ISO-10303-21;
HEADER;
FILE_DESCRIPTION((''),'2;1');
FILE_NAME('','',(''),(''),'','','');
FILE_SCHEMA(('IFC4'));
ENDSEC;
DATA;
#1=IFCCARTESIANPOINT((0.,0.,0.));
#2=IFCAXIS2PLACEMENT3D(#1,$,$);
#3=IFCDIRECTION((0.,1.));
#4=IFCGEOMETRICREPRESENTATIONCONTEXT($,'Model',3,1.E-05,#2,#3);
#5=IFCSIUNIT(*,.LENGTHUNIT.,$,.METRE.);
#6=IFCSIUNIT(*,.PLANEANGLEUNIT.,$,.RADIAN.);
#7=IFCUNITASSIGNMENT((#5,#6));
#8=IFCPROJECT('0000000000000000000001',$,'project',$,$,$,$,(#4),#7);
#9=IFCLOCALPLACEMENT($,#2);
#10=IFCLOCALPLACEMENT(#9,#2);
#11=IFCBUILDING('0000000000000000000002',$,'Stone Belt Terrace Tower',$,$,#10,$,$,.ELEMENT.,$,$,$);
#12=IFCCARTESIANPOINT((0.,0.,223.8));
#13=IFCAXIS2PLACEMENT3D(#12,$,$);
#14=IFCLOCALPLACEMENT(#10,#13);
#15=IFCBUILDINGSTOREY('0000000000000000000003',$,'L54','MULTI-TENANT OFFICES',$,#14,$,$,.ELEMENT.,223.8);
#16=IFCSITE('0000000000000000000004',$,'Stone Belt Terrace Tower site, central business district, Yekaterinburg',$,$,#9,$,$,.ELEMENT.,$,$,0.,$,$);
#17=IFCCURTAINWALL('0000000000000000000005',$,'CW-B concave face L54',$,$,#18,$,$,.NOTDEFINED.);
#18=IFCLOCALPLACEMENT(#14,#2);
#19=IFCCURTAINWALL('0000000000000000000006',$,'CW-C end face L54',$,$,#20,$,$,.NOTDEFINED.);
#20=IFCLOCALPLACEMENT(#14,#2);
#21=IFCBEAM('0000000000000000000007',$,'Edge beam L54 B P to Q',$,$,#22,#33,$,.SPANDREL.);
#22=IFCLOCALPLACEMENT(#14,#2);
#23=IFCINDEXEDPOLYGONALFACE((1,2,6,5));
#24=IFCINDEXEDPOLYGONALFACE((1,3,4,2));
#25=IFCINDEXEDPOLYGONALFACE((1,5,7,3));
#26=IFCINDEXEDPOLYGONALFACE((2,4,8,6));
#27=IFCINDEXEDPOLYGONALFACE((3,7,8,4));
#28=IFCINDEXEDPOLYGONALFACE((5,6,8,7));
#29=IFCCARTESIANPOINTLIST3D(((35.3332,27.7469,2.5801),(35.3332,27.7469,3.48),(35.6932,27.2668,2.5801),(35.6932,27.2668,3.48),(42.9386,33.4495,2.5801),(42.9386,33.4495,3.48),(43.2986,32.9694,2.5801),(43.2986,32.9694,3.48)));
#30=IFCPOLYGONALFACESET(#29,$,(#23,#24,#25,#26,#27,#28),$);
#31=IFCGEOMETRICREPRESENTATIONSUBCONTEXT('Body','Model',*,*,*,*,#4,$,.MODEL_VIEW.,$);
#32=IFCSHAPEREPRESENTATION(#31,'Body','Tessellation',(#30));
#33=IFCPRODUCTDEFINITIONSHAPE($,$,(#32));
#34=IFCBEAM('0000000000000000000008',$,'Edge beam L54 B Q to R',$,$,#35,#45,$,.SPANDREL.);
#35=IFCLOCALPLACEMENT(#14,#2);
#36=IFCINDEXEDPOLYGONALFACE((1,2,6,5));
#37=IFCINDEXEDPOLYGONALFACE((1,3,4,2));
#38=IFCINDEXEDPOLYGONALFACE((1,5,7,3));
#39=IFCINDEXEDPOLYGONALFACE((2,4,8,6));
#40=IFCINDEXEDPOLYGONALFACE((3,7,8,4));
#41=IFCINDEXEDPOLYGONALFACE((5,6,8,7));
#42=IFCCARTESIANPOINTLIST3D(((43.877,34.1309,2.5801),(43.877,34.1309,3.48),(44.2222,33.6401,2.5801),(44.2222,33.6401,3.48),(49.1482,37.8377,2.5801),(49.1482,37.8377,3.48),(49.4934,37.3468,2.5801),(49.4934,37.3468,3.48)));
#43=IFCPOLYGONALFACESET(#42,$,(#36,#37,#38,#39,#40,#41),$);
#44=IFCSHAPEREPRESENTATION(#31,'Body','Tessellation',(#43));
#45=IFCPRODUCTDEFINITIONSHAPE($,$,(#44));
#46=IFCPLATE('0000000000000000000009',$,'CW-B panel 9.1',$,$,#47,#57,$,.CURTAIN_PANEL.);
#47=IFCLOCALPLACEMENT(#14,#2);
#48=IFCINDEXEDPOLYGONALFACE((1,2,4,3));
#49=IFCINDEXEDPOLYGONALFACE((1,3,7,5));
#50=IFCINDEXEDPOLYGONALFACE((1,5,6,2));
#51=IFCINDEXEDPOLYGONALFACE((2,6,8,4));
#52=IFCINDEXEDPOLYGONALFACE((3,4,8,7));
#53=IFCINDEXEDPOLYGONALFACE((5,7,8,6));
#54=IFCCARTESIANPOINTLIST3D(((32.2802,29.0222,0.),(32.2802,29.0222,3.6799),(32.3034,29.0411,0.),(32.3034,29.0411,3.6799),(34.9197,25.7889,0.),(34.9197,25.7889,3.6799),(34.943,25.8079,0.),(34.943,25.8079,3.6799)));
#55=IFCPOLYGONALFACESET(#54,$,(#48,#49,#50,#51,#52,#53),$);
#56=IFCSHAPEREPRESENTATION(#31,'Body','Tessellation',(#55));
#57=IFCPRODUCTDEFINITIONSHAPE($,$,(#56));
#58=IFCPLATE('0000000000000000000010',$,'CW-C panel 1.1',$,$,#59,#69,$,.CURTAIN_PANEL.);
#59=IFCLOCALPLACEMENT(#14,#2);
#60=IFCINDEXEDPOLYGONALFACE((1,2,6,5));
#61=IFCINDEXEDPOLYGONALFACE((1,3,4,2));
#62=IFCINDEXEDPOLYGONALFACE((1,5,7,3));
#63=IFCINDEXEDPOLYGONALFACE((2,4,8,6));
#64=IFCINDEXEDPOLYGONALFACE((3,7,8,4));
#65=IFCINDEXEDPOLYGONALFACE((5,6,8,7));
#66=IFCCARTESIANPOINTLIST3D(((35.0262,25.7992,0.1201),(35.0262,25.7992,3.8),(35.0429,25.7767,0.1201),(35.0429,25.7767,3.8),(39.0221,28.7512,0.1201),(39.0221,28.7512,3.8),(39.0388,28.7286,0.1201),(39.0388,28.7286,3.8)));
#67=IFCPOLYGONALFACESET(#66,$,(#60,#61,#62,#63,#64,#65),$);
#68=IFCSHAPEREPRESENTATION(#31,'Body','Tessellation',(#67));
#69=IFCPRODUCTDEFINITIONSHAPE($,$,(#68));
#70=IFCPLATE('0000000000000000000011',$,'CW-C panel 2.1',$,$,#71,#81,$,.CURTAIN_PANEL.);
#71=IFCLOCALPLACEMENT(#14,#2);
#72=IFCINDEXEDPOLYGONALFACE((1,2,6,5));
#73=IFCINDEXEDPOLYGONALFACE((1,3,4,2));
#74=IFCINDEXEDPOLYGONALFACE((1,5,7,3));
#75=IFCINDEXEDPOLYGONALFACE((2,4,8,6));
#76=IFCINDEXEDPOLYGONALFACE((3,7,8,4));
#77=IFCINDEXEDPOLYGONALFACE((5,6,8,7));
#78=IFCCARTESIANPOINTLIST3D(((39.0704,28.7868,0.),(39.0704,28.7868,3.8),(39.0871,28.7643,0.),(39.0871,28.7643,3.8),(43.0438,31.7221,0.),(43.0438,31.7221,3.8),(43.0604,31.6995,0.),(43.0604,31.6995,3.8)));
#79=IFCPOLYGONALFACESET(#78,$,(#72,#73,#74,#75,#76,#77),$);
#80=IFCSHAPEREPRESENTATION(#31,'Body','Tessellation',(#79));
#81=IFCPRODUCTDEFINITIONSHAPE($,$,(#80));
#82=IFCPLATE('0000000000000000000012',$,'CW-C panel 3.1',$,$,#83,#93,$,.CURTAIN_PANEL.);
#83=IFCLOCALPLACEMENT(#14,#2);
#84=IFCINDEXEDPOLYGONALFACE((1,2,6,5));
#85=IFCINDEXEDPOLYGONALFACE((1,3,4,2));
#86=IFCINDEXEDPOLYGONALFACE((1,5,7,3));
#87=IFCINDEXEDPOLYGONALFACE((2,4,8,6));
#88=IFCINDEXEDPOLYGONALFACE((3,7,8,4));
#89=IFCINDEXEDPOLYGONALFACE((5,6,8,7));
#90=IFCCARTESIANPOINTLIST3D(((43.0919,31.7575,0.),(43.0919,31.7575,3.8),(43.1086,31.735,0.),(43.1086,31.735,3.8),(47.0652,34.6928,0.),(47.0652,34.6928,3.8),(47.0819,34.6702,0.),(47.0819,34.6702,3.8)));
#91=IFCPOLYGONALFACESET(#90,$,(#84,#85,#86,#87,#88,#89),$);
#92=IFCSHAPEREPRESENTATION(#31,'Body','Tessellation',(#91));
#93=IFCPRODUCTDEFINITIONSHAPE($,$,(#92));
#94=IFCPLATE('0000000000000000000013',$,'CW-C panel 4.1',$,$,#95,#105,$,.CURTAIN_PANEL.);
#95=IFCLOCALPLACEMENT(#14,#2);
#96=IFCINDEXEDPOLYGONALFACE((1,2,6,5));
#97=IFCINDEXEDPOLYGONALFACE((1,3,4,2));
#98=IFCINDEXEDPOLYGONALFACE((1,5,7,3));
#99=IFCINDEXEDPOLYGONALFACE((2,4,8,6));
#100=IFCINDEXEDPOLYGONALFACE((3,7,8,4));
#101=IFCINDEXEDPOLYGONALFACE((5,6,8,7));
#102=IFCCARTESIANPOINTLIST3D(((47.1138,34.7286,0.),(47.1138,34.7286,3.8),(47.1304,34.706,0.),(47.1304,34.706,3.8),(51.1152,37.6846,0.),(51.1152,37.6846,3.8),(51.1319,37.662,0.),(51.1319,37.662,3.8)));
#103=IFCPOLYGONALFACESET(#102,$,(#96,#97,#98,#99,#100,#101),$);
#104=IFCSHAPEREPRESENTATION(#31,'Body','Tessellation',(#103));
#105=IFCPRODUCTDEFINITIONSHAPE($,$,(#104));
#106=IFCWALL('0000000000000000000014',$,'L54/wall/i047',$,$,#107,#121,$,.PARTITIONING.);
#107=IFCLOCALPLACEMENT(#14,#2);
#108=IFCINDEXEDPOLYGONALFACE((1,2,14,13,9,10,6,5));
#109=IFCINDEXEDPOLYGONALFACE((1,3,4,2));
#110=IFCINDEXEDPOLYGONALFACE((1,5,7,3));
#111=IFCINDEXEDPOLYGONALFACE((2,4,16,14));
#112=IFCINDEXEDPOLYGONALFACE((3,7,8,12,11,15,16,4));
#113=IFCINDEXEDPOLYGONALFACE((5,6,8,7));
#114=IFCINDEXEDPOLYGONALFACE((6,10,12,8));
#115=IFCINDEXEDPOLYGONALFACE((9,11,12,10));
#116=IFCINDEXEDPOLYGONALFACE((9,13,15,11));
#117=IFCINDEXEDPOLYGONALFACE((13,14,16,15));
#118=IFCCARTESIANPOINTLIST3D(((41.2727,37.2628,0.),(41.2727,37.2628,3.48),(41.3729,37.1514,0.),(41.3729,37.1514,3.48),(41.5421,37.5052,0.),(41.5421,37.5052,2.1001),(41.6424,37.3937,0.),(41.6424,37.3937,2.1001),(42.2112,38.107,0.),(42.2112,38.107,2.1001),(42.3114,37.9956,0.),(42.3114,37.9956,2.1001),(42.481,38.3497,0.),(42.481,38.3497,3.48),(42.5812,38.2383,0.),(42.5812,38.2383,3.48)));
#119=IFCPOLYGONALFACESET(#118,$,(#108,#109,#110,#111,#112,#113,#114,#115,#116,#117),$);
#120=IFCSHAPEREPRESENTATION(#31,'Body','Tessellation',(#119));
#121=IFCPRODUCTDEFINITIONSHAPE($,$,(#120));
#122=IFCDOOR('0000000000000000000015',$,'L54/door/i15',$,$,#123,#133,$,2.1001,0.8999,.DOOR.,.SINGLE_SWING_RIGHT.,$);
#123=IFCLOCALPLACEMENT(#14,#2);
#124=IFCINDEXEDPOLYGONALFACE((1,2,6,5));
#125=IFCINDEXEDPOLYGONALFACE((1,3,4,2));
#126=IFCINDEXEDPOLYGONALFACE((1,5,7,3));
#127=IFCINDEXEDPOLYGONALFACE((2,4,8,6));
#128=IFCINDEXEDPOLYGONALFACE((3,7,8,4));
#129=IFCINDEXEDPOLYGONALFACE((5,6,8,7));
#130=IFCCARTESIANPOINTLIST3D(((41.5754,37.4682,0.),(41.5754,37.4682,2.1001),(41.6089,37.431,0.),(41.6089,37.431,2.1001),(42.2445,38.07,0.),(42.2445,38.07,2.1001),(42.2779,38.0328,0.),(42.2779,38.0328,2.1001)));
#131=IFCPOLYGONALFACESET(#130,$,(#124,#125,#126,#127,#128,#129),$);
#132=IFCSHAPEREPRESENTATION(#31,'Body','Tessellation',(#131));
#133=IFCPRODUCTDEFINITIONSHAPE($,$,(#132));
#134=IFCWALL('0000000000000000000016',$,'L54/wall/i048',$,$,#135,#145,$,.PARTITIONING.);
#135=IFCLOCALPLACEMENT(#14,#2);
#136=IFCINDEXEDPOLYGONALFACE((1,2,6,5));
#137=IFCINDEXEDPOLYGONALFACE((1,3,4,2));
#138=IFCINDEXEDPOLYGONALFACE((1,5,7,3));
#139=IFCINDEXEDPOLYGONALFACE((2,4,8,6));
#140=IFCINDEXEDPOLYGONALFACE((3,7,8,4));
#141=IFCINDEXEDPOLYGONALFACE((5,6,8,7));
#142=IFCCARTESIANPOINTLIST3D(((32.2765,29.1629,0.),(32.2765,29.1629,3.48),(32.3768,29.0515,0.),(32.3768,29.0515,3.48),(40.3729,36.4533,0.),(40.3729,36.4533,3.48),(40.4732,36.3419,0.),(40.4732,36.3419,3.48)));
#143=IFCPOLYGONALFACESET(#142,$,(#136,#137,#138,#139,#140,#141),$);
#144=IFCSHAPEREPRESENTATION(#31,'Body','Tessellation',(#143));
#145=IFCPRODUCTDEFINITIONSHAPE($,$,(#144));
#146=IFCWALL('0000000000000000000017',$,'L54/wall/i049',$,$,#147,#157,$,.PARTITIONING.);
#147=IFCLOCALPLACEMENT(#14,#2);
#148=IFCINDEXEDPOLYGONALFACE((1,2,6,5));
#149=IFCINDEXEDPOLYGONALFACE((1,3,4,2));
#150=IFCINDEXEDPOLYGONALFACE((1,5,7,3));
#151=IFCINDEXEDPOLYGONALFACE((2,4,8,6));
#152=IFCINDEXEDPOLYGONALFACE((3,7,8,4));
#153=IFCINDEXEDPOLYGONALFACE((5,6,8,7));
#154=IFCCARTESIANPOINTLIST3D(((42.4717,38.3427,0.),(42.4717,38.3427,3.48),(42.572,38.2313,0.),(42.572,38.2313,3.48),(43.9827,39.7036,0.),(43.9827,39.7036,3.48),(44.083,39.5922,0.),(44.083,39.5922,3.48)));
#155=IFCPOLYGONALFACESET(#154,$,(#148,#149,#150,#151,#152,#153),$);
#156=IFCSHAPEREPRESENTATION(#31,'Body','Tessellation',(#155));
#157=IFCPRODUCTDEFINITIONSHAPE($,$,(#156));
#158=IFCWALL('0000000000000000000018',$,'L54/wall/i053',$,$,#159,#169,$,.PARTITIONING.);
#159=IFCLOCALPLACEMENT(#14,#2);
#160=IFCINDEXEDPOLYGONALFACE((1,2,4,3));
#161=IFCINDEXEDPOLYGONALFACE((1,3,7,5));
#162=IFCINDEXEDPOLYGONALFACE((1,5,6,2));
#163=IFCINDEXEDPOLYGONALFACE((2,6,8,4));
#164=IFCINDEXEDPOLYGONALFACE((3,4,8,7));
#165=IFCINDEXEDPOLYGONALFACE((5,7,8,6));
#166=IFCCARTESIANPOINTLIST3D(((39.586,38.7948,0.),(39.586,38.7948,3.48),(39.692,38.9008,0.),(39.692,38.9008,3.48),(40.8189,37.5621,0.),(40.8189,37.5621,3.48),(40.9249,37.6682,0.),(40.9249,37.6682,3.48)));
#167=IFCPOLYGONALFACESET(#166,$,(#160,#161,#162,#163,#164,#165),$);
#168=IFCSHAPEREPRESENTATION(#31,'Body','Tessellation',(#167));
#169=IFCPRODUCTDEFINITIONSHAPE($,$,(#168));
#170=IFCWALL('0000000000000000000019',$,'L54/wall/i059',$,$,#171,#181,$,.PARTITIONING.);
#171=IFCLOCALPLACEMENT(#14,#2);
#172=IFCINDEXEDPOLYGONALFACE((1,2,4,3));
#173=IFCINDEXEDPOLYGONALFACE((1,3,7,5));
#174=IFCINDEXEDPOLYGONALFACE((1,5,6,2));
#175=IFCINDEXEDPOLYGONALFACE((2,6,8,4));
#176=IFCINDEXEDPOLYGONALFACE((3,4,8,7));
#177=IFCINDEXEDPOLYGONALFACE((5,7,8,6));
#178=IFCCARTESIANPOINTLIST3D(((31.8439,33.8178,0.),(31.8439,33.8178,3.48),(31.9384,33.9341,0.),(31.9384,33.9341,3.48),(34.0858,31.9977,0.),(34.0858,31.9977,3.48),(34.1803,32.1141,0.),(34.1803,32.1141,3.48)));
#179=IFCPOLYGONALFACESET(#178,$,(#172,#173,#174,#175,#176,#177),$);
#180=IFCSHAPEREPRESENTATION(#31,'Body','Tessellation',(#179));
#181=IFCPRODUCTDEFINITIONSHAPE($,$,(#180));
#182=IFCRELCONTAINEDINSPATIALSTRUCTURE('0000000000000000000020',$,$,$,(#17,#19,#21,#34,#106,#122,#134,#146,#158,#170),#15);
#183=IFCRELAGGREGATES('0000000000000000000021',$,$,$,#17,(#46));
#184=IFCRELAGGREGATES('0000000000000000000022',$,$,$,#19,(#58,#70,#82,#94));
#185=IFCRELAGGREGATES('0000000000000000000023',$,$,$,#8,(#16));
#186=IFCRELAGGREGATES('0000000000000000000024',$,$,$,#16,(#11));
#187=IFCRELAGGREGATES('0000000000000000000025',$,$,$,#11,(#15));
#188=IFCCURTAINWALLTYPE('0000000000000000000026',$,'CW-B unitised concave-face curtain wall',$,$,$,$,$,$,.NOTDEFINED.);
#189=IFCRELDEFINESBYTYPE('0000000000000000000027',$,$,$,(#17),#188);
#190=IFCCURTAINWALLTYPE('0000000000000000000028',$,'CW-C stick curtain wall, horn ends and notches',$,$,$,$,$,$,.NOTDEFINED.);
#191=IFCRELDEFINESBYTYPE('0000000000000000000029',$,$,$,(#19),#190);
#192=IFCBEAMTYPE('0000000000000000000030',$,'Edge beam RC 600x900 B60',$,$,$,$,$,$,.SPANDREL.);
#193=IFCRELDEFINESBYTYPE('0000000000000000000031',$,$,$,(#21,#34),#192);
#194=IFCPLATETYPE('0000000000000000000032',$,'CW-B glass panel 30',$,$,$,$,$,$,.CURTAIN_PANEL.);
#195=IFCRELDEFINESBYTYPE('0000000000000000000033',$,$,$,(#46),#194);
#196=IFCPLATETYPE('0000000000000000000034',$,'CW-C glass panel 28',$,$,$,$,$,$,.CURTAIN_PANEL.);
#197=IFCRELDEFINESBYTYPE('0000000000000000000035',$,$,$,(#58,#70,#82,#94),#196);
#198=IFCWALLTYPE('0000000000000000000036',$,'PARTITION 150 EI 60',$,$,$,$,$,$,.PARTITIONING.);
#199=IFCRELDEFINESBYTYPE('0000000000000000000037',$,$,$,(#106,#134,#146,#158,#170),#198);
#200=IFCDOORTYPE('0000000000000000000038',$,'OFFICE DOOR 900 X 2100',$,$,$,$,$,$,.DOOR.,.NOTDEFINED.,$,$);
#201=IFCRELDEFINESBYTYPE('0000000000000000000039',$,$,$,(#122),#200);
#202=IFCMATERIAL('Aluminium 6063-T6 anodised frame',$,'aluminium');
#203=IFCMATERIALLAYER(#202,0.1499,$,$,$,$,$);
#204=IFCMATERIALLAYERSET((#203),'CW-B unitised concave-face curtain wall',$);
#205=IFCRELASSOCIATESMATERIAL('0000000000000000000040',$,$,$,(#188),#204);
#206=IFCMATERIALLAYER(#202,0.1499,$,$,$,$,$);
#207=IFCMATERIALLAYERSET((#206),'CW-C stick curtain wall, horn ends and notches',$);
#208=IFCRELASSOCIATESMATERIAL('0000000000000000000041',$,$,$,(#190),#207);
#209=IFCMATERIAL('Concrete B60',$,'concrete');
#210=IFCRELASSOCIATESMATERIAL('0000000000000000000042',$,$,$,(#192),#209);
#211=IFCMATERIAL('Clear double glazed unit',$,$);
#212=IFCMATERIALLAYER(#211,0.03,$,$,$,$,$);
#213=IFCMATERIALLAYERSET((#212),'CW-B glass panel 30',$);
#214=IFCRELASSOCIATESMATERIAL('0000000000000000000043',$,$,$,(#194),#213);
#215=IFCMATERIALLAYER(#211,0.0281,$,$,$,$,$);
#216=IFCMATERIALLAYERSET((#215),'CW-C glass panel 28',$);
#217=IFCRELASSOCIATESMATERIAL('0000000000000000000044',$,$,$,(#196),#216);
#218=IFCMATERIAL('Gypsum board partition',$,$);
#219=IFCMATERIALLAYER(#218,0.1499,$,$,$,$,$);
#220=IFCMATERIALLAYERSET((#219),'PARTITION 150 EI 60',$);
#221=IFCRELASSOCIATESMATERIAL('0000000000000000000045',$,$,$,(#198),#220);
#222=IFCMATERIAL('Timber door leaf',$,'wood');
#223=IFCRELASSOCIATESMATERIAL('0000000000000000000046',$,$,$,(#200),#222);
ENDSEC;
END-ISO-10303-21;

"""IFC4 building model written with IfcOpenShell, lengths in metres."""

from ifc_helpers import new_model, si_unit, direction, frame, frame_2d, origin, origin_2d, place, context, subcontext, project, spatial, rectangle, extrude, material, layer, layer_set, material_profile, profile_set, type_object, element, fill, aggregate, save


model = new_model("IFC4")

# Units and contexts
model_context = context("Model", 3, precision=1e-05, world=origin(), true_north=direction((0.0, 1.0)))
body_context = subcontext(model_context, "Body", "Model", "MODEL_VIEW")
ifc_project = project(units=[si_unit("LENGTHUNIT", "METRE"), si_unit("PLANEANGLEUNIT", "RADIAN")], contexts=[model_context])

# Site, building, storey
site_placement = place(None, origin())
site = spatial("IfcSite", under=ifc_project, at=site_placement, Name="Stone Belt Terrace Tower site, central business district, Yekaterinburg", CompositionType="ELEMENT", RefElevation=0.0)
building_placement = place(site_placement, origin())
building = spatial("IfcBuilding", under=site, at=building_placement, Name="Stone Belt Terrace Tower", CompositionType="ELEMENT")
storey_placement = place(building_placement, frame((0.0, 0.0, 223.8)))
storey = spatial("IfcBuildingStorey", under=building, at=storey_placement, Name="L54", Description="MULTI-TENANT OFFICES", CompositionType="ELEMENT", Elevation=223.8)

# Shared definitions
ifc_material_1 = material(Name="Concrete B60", Category="concrete")

# Curtain walls
ifc_material_2 = material(Name="Aluminium 6063-T6 anodised frame", Category="aluminium")
ifc_layer_1 = layer(ifc_material_2, 0.1499)
ifc_layer_set_1 = layer_set([ifc_layer_1], Name="CW-B unitised concave-face curtain wall")
curtain_wall_type_1 = type_object("IfcCurtainWallType", Name="CW-B unitised concave-face curtain wall", PredefinedType="NOTDEFINED", material=ifc_layer_set_1)
curtain_wall_1_placement = place(storey_placement, origin())
curtain_wall_1 = element("IfcCurtainWall", 1, at=curtain_wall_1_placement, inside=storey, type_object=curtain_wall_type_1, Name="CW-B concave face L54", PredefinedType="NOTDEFINED")
ifc_layer_2 = layer(ifc_material_2, 0.1499)
ifc_layer_set_2 = layer_set([ifc_layer_2], Name="CW-C stick curtain wall, horn ends and notches")
curtain_wall_type_2 = type_object("IfcCurtainWallType", Name="CW-C stick curtain wall, horn ends and notches", PredefinedType="NOTDEFINED", material=ifc_layer_set_2)
curtain_wall_2_placement = place(storey_placement, origin())
curtain_wall_2 = element("IfcCurtainWall", 2, at=curtain_wall_2_placement, inside=storey, type_object=curtain_wall_type_2, Name="CW-C end face L54", PredefinedType="NOTDEFINED")

# Beams
ifc_material_profile_1 = material_profile(ifc_material_1, rectangle(XDim=0.6001, YDim=0.8999, at=origin_2d()), Name="RC 600x900")
ifc_profile_set_1 = profile_set([ifc_material_profile_1], Name="Concrete B60")
beam_type = type_object("IfcBeamType", Name="Edge beam RC 600x900 B60", PredefinedType="SPANDREL", material=ifc_profile_set_1)
beam_1_placement = place(storey_placement, frame((35.5132, 27.5068, 3.03), z_axis=(0.800074, 0.599901, 0.0), x_axis=(-0.599901, 0.800074, 0.0)))
element("IfcBeam", 3, at=beam_1_placement, inside=storey, type_object=beam_type, Name="Edge beam L54 B P to Q", PredefinedType="SPANDREL", context=body_context, shape_type="SweptSolid", body=[
    extrude(rectangle(XDim=0.6001, YDim=0.8999, at=origin_2d()), origin(), (0.0, 0.0, 1.0), 9.5059),
])
beam_2_placement = place(storey_placement, frame((44.0496, 33.8855, 3.03), z_axis=(0.817997, 0.575223, 0.0), x_axis=(-0.575223, 0.817997, 0.0)))
element("IfcBeam", 4, at=beam_2_placement, inside=storey, type_object=beam_type, Name="Edge beam L54 B Q to R", PredefinedType="SPANDREL", context=body_context, shape_type="SweptSolid", body=[
    extrude(rectangle(XDim=0.6001, YDim=0.8999, at=origin_2d()), origin(), (0.0, 0.0, 1.0), 6.4441),
])

# Plates
ifc_material_3 = material(Name="Clear double glazed unit")
ifc_layer_3 = layer(ifc_material_3, 0.03)
ifc_layer_set_3 = layer_set([ifc_layer_3], Name="CW-B glass panel 30")
plate_type_1 = type_object("IfcPlateType", Name="CW-B glass panel 30", PredefinedType="CURTAIN_PANEL", material=ifc_layer_set_3)
plate_1_placement = place(storey_placement, frame((33.6116, 27.415, 0.0), z_axis=(0.0, 0.0, 1.0), x_axis=(0.632398, -0.774644, 0.0)))
plate_1 = element("IfcPlate", 5, at=plate_1_placement, type_object=plate_type_1, Name="CW-B panel 9.1", PredefinedType="CURTAIN_PANEL", context=body_context, shape_type="SweptSolid", body=[
    extrude(rectangle(XDim=4.1738, YDim=0.03, at=origin_2d()), origin(), (0.0, 0.0, 1.0), 3.6799),
])
aggregate(curtain_wall_1, [plate_1])
ifc_layer_4 = layer(ifc_material_3, 0.0281)
ifc_layer_set_4 = layer_set([ifc_layer_4], Name="CW-C glass panel 28")
plate_type_2 = type_object("IfcPlateType", Name="CW-C glass panel 28", PredefinedType="CURTAIN_PANEL", material=ifc_layer_set_4)
plate_2_placement = place(storey_placement, frame((37.0325, 27.2639, 0.1201), z_axis=(0.0, 0.0, 1.0), x_axis=(0.804329, 0.594184, 0.0)))
plate_2 = element("IfcPlate", 6, at=plate_2_placement, type_object=plate_type_2, Name="CW-C panel 1.1", PredefinedType="CURTAIN_PANEL", context=body_context, shape_type="SweptSolid", body=[
    extrude(rectangle(XDim=4.968, YDim=0.0281, at=origin_2d()), origin(), (0.0, 0.0, 1.0), 3.6799),
])
plate_3_placement = place(storey_placement, frame((41.0654, 30.2432, 0.0), z_axis=(0.0, 0.0, 1.0), x_axis=(0.804329, 0.594184, 0.0)))
plate_3 = element("IfcPlate", 7, at=plate_3_placement, type_object=plate_type_2, Name="CW-C panel 2.1", PredefinedType="CURTAIN_PANEL", context=body_context, shape_type="SweptSolid", body=[
    extrude(rectangle(XDim=4.9399, YDim=0.0281, at=origin_2d()), origin(), (0.0, 0.0, 1.0), 3.8),
])
plate_4_placement = place(storey_placement, frame((45.0869, 33.2139, 0.0), z_axis=(0.0, 0.0, 1.0), x_axis=(0.804329, 0.594184, 0.0)))
plate_4 = element("IfcPlate", 8, at=plate_4_placement, type_object=plate_type_2, Name="CW-C panel 3.1", PredefinedType="CURTAIN_PANEL", context=body_context, shape_type="SweptSolid", body=[
    extrude(rectangle(XDim=4.9399, YDim=0.0281, at=origin_2d()), origin(), (0.0, 0.0, 1.0), 3.8),
])
plate_5_placement = place(storey_placement, frame((49.1228, 36.1953, 0.0), z_axis=(0.0, 0.0, 1.0), x_axis=(0.804329, 0.594184, 0.0)))
plate_5 = element("IfcPlate", 9, at=plate_5_placement, type_object=plate_type_2, Name="CW-C panel 4.1", PredefinedType="CURTAIN_PANEL", context=body_context, shape_type="SweptSolid", body=[
    extrude(rectangle(XDim=4.9749, YDim=0.0281, at=origin_2d()), origin(), (0.0, 0.0, 1.0), 3.8),
])
aggregate(curtain_wall_2, [plate_2, plate_3, plate_4, plate_5])

# Wall, opening, door
ifc_material_4 = material(Name="Gypsum board partition")
ifc_layer_5 = layer(ifc_material_4, 0.1499)
ifc_layer_set_5 = layer_set([ifc_layer_5], Name="PARTITION 150 EI 60")
wall_type_1 = type_object("IfcWallType", Name="PARTITION 150 EI 60", PredefinedType="PARTITIONING", material=ifc_layer_set_5)
wall_1_placement = place(storey_placement, frame((42.531, 38.2939, 0.0), z_axis=(0.0, 0.0, 1.0), x_axis=(-0.743451, -0.66879, 0.0)))
wall_1 = element("IfcWall", 10, at=wall_1_placement, inside=storey, type_object=wall_type_1, Name="L54/wall/i047", PredefinedType="PARTITIONING", context=body_context, shape_type="SweptSolid", body=[
    extrude(rectangle(XDim=1.6252, YDim=0.1499, at=frame_2d((0.8125, 0.0))), origin(), (0.0, 0.0, 1.0), 3.48),
])
opening_1_placement = place(wall_1_placement, frame((0.3628, 0.0, 0.0)))
opening_1 = element("IfcOpeningElement", 11, at=opening_1_placement, cuts=wall_1, PredefinedType="OPENING", context=body_context, shape_type="SweptSolid", body=[
    extrude(rectangle(XDim=0.8999, YDim=2.1001, at=frame_2d((0.45, 1.05))), frame((0.0, 0.085, 0.0), z_axis=(0.0, -1.0, 0.0), x_axis=(1.0, 0.0, 0.0)), (0.0, 0.0, 1.0), 0.1699),
])
ifc_material_5 = material(Name="Timber door leaf", Category="wood")
door_type_1 = type_object("IfcDoorType", Name="OFFICE DOOR 900 X 2100", OperationType="NOTDEFINED", PredefinedType="DOOR", material=ifc_material_5)
door_1_placement = place(opening_1_placement, origin())
door_1 = element("IfcDoor", 12, at=door_1_placement, inside=storey, type_object=door_type_1, Name="L54/door/i15", OperationType="SINGLE_SWING_RIGHT", OverallHeight=2.1001, OverallWidth=0.8999, PredefinedType="DOOR", context=body_context, shape_type="SweptSolid", body=[
    extrude(rectangle(XDim=0.8999, YDim=2.1001, at=frame_2d((0.45, 1.05))), frame((0.0, 0.0249, 0.0), z_axis=(0.0, -1.0, 0.0), x_axis=(1.0, 0.0, 0.0)), (0.0, 0.0, 1.0), 0.05),
])
fill(opening_1, door_1)

# Walls
wall_2_placement = place(storey_placement, frame((32.3267, 29.1072, 0.0), z_axis=(0.0, 0.0, 1.0), x_axis=(0.743124, 0.669154, 0.0)))
element("IfcWall", 13, at=wall_2_placement, inside=storey, type_object=wall_type_1, Name="L54/wall/i048", PredefinedType="PARTITIONING", context=body_context, shape_type="SweptSolid", body=[
    extrude(rectangle(XDim=10.895, YDim=0.1499, at=frame_2d((5.4475, 0.0))), origin(), (0.0, 0.0, 1.0), 3.48),
])
wall_3_placement = place(storey_placement, frame((42.522, 38.2871, 0.0), z_axis=(0.0, 0.0, 1.0), x_axis=(0.743061, 0.669223, 0.0)))
element("IfcWall", 14, at=wall_3_placement, inside=storey, type_object=wall_type_1, Name="L54/wall/i049", PredefinedType="PARTITIONING", context=body_context, shape_type="SweptSolid", body=[
    extrude(rectangle(XDim=2.0334, YDim=0.1499, at=frame_2d((1.0166, 0.0))), origin(), (0.0, 0.0, 1.0), 3.48),
])
wall_4_placement = place(storey_placement, frame((40.8718, 37.6152, 0.0), z_axis=(0.0, 0.0, 1.0), x_axis=(-0.707177, 0.707037, 0.0)))
element("IfcWall", 15, at=wall_4_placement, inside=storey, type_object=wall_type_1, Name="L54/wall/i053", PredefinedType="PARTITIONING", context=body_context, shape_type="SweptSolid", body=[
    extrude(rectangle(XDim=1.7434, YDim=0.1499, at=frame_2d((0.8716, 0.0))), origin(), (0.0, 0.0, 1.0), 3.48),
])
wall_5_placement = place(storey_placement, frame((34.1331, 32.0559, 0.0), z_axis=(0.0, 0.0, 1.0), x_axis=(-0.77637, 0.630277, 0.0)))
element("IfcWall", 16, at=wall_5_placement, inside=storey, type_object=wall_type_1, Name="L54/wall/i059", PredefinedType="PARTITIONING", context=body_context, shape_type="SweptSolid", body=[
    extrude(rectangle(XDim=2.8877, YDim=0.1499, at=frame_2d((1.4438, 0.0))), origin(), (0.0, 0.0, 1.0), 3.48),
])

save(model, "model.ifc")
